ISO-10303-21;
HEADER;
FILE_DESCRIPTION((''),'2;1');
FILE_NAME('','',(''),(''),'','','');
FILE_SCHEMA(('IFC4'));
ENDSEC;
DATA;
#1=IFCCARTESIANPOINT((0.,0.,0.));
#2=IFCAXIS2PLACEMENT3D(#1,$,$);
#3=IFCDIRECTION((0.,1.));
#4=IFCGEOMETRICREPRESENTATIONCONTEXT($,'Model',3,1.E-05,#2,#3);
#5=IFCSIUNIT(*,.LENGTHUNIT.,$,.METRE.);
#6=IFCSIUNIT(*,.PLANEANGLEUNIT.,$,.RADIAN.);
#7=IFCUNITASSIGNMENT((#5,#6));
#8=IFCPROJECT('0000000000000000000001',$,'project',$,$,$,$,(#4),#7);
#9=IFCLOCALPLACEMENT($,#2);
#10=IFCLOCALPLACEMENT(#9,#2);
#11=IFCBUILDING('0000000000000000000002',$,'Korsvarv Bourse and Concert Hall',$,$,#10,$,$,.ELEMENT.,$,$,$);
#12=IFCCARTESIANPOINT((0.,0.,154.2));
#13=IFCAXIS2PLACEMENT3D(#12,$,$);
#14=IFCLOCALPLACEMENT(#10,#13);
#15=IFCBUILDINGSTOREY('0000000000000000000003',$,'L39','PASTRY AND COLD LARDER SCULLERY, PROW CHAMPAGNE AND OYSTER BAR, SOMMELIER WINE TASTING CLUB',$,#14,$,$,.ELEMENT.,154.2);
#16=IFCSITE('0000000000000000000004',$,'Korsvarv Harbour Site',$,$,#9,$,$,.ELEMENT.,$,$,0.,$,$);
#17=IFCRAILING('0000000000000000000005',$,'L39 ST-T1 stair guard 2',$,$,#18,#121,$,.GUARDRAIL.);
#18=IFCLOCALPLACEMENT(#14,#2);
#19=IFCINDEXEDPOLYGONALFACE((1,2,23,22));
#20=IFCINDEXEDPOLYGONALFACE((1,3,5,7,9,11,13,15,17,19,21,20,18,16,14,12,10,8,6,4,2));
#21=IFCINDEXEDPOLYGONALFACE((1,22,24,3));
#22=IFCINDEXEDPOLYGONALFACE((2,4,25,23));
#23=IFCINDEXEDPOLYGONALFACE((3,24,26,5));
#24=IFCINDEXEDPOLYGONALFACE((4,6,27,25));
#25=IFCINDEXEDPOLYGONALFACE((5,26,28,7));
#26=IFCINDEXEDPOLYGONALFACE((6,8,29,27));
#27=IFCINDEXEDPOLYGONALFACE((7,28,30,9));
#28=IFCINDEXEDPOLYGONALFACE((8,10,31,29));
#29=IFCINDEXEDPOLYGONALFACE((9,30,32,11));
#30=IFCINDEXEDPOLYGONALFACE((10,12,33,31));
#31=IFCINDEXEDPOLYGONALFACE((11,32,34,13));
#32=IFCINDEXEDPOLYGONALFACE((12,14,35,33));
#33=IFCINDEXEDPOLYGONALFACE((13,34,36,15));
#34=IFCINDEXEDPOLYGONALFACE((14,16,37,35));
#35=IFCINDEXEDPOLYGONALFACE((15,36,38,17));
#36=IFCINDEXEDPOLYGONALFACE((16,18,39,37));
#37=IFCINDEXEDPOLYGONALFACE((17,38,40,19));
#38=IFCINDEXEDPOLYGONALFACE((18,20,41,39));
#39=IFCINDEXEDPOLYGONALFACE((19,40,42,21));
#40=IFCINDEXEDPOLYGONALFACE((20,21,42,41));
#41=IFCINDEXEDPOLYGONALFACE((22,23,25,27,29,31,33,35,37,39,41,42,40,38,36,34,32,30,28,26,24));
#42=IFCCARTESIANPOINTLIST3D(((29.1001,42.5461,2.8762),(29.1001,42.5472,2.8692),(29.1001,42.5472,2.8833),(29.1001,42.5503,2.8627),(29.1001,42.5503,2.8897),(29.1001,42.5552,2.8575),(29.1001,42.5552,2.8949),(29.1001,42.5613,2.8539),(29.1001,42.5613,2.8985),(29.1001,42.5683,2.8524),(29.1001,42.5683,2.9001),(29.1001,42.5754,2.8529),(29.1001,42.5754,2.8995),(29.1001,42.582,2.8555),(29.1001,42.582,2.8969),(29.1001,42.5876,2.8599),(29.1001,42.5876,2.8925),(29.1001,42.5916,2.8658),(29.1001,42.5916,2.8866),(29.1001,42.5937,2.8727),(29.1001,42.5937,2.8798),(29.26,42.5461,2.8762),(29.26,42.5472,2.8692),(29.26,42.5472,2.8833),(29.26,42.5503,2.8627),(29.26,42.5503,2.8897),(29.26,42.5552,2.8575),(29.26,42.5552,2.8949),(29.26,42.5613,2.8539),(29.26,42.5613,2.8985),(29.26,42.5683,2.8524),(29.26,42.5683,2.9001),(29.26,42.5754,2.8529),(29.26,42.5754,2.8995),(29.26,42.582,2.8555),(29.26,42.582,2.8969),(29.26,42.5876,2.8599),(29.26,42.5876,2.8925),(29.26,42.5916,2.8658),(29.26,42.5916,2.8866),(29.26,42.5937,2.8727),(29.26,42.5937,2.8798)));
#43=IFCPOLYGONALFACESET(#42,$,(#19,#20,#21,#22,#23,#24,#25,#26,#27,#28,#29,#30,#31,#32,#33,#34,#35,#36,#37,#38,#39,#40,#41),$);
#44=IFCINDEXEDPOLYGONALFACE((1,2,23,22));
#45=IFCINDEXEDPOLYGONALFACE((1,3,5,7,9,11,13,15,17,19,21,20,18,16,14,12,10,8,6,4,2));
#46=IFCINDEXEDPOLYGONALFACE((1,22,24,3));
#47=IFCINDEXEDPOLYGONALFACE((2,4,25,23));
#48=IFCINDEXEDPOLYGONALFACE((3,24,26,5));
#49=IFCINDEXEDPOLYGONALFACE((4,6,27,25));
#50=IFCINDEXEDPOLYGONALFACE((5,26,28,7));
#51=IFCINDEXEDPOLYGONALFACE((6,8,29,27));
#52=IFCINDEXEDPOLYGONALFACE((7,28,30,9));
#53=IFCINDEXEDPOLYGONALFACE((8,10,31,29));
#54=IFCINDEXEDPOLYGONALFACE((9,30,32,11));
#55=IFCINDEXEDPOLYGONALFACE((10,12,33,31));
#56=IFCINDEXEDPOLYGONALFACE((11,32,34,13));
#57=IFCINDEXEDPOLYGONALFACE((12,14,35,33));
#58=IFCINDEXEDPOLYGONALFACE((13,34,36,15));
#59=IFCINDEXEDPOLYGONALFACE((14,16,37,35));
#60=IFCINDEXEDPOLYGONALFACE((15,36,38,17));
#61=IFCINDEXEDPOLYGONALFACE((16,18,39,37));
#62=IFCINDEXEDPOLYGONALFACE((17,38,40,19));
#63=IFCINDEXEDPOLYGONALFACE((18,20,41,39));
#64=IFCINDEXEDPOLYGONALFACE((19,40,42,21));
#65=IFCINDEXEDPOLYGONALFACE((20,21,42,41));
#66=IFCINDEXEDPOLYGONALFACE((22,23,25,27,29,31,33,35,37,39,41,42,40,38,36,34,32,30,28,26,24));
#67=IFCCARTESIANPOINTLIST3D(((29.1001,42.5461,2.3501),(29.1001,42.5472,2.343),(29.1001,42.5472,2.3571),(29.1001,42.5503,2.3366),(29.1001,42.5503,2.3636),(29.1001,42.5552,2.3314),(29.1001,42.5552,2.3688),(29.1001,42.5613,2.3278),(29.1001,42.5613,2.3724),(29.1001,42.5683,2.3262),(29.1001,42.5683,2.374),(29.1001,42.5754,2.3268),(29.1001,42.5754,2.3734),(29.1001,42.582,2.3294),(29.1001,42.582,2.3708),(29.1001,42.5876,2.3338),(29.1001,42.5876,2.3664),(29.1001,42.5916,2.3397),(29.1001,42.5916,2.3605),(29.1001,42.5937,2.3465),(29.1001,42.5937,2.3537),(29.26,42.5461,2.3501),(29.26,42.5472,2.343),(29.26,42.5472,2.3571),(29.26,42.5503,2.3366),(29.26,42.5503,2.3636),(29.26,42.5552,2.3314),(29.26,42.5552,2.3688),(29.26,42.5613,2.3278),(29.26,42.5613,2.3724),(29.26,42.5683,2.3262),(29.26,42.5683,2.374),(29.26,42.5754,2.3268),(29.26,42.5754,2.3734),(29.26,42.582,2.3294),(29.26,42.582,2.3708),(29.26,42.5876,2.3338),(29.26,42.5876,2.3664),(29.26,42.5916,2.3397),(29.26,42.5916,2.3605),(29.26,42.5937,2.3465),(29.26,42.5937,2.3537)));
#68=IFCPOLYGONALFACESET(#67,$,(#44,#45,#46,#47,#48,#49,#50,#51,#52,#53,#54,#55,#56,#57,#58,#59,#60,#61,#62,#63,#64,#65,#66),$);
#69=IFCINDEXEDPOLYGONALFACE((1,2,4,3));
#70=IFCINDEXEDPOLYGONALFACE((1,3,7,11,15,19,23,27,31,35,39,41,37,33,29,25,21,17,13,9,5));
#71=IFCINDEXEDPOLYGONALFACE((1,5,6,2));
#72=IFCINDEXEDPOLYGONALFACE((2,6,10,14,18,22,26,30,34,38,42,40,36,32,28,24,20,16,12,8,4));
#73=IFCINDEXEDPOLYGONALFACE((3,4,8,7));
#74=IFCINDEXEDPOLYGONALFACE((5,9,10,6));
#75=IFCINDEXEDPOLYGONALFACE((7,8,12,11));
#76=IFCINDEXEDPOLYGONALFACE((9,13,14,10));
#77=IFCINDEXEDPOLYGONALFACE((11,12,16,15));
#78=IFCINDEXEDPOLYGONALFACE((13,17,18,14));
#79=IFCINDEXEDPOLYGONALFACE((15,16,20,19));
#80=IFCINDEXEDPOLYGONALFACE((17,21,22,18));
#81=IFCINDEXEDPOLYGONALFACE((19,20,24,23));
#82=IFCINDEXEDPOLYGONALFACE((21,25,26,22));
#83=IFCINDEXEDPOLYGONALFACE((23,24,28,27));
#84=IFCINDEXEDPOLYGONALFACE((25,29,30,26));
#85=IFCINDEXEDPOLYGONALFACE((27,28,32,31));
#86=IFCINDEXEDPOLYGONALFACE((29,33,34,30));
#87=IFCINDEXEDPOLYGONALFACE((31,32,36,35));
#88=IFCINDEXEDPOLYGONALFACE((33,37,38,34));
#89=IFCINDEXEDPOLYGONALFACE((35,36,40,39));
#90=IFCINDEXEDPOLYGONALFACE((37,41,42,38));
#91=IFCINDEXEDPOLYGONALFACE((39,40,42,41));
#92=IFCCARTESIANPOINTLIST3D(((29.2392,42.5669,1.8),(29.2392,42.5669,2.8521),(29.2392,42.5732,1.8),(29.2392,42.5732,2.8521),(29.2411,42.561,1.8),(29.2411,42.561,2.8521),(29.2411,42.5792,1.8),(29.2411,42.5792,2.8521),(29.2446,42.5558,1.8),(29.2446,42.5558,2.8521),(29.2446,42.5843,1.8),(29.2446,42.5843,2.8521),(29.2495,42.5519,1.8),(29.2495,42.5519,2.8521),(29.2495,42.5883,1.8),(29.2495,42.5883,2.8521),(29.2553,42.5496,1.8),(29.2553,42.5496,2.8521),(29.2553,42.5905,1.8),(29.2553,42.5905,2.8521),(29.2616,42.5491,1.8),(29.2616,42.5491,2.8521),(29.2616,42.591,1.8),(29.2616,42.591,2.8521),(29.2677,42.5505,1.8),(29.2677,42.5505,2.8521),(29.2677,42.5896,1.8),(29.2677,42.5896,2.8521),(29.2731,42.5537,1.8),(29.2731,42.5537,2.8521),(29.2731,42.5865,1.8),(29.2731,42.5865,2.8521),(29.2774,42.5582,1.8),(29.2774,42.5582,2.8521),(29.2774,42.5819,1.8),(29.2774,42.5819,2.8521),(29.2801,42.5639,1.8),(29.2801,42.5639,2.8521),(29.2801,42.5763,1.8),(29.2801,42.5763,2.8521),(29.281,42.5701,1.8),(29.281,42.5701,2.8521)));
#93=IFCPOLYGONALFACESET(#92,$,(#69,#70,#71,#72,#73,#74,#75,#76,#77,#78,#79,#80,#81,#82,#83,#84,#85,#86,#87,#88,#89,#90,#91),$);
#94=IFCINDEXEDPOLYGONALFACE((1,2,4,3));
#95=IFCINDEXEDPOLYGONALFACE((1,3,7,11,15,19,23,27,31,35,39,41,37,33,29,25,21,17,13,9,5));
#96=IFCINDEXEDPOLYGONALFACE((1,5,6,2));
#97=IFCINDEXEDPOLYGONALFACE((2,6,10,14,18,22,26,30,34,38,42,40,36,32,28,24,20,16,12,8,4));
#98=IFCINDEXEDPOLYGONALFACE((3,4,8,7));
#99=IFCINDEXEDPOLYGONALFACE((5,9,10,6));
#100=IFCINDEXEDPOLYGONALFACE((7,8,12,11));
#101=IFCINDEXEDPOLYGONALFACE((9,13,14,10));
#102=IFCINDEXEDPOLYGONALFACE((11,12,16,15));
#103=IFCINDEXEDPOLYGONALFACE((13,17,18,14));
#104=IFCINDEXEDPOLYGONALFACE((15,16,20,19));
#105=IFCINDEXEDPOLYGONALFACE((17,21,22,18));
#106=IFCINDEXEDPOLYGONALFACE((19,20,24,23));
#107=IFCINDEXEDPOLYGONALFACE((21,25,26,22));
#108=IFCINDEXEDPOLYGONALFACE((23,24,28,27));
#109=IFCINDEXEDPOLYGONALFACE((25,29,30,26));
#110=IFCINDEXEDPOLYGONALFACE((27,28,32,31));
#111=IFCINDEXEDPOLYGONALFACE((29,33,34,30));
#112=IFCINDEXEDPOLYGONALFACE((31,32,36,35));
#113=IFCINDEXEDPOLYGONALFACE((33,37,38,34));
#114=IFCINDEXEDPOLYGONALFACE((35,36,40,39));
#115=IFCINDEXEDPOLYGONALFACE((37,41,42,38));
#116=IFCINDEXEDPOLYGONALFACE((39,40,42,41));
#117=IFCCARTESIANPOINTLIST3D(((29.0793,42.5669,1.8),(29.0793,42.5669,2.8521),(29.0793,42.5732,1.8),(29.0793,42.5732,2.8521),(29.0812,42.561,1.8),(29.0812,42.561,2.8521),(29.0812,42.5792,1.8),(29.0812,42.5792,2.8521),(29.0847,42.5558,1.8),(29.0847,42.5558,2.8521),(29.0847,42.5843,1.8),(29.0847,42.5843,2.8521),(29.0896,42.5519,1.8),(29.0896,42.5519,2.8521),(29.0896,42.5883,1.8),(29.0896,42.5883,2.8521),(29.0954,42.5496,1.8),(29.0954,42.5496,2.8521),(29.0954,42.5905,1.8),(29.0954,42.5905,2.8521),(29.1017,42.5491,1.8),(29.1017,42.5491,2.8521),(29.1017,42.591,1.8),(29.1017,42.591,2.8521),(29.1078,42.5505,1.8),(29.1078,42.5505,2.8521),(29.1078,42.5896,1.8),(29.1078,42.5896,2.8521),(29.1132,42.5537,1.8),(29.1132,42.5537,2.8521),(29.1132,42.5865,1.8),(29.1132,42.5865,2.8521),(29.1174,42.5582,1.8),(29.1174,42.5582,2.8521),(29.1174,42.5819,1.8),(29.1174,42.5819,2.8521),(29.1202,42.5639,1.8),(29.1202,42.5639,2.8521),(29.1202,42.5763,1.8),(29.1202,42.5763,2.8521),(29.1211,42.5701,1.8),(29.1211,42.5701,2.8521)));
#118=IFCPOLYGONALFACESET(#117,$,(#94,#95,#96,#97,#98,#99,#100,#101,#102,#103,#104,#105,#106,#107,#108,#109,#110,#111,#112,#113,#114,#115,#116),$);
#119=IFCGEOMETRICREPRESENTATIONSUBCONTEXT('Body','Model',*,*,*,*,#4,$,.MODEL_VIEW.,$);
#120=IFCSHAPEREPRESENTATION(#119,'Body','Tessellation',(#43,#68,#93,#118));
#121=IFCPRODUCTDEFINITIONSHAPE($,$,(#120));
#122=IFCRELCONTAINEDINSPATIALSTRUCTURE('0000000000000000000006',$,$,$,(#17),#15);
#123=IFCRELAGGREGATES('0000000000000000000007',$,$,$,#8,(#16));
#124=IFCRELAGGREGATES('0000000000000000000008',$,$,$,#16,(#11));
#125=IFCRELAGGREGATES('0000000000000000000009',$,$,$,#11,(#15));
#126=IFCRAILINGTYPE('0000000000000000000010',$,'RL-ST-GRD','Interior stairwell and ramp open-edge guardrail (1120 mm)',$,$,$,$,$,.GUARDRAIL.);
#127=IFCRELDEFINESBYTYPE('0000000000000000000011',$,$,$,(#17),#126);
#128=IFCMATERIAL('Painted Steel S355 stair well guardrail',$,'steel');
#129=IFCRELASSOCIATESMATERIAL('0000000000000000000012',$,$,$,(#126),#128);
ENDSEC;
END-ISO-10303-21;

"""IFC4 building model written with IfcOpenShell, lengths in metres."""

from ifc_helpers import new_model, si_unit, direction, frame, origin, origin_2d, place, context, subcontext, project, spatial, circle, extrude, material, type_object, element, save


model = new_model("IFC4")

# Units and contexts
model_context = context("Model", 3, precision=1e-05, world=origin(), true_north=direction((0.0, 1.0)))
body_context = subcontext(model_context, "Body", "Model", "MODEL_VIEW")
ifc_project = project(units=[si_unit("LENGTHUNIT", "METRE"), si_unit("PLANEANGLEUNIT", "RADIAN")], contexts=[model_context])

# Site, building, storey
site_placement = place(None, origin())
site = spatial("IfcSite", under=ifc_project, at=site_placement, Name="Korsvarv Harbour Site", CompositionType="ELEMENT", RefElevation=0.0)
building_placement = place(site_placement, origin())
building = spatial("IfcBuilding", under=site, at=building_placement, Name="Korsvarv Bourse and Concert Hall", CompositionType="ELEMENT")
storey_placement = place(building_placement, frame((0.0, 0.0, 154.2)))
storey = spatial("IfcBuildingStorey", under=building, at=storey_placement, Name="L39", Description="PASTRY AND COLD LARDER SCULLERY, PROW CHAMPAGNE AND OYSTER BAR, SOMMELIER WINE TASTING CLUB", CompositionType="ELEMENT", Elevation=154.2)

# Railing
ifc_material_1 = material(Name="Painted Steel S355 stair well guardrail", Category="steel")
railing_type_1 = type_object("IfcRailingType", Name="RL-ST-GRD", Description="Interior stairwell and ramp open-edge guardrail (1120 mm)", PredefinedType="GUARDRAIL", material=ifc_material_1)
railing_1_placement = place(storey_placement, frame((29.26, 42.5701, 1.8)))
element("IfcRailing", 1, at=railing_1_placement, inside=storey, type_object=railing_type_1, Name="L39 ST-T1 stair guard 2", PredefinedType="GUARDRAIL", context=body_context, shape_type="SweptSolid", body=[
    extrude(circle(Radius=0.0239, at=origin_2d()), frame((0.0, 0.0, 1.0762), z_axis=(-1.0, 0.0, 0.0), x_axis=(0.0, -1.0, 0.0)), (0.0, 0.0, 1.0), 0.1599),
    extrude(circle(Radius=0.0239, at=origin_2d()), frame((0.0, 0.0, 0.55), z_axis=(-1.0, 0.0, 0.0), x_axis=(0.0, -1.0, 0.0)), (0.0, 0.0, 1.0), 0.1599),
    extrude(circle(Radius=0.021, at=origin_2d()), origin(), (0.0, 0.0, 1.0), 1.052),
    extrude(circle(Radius=0.021, at=origin_2d()), frame((-0.1599, 0.0, 0.0)), (0.0, 0.0, 1.0), 1.052),
])

save(model, "model.ifc")
